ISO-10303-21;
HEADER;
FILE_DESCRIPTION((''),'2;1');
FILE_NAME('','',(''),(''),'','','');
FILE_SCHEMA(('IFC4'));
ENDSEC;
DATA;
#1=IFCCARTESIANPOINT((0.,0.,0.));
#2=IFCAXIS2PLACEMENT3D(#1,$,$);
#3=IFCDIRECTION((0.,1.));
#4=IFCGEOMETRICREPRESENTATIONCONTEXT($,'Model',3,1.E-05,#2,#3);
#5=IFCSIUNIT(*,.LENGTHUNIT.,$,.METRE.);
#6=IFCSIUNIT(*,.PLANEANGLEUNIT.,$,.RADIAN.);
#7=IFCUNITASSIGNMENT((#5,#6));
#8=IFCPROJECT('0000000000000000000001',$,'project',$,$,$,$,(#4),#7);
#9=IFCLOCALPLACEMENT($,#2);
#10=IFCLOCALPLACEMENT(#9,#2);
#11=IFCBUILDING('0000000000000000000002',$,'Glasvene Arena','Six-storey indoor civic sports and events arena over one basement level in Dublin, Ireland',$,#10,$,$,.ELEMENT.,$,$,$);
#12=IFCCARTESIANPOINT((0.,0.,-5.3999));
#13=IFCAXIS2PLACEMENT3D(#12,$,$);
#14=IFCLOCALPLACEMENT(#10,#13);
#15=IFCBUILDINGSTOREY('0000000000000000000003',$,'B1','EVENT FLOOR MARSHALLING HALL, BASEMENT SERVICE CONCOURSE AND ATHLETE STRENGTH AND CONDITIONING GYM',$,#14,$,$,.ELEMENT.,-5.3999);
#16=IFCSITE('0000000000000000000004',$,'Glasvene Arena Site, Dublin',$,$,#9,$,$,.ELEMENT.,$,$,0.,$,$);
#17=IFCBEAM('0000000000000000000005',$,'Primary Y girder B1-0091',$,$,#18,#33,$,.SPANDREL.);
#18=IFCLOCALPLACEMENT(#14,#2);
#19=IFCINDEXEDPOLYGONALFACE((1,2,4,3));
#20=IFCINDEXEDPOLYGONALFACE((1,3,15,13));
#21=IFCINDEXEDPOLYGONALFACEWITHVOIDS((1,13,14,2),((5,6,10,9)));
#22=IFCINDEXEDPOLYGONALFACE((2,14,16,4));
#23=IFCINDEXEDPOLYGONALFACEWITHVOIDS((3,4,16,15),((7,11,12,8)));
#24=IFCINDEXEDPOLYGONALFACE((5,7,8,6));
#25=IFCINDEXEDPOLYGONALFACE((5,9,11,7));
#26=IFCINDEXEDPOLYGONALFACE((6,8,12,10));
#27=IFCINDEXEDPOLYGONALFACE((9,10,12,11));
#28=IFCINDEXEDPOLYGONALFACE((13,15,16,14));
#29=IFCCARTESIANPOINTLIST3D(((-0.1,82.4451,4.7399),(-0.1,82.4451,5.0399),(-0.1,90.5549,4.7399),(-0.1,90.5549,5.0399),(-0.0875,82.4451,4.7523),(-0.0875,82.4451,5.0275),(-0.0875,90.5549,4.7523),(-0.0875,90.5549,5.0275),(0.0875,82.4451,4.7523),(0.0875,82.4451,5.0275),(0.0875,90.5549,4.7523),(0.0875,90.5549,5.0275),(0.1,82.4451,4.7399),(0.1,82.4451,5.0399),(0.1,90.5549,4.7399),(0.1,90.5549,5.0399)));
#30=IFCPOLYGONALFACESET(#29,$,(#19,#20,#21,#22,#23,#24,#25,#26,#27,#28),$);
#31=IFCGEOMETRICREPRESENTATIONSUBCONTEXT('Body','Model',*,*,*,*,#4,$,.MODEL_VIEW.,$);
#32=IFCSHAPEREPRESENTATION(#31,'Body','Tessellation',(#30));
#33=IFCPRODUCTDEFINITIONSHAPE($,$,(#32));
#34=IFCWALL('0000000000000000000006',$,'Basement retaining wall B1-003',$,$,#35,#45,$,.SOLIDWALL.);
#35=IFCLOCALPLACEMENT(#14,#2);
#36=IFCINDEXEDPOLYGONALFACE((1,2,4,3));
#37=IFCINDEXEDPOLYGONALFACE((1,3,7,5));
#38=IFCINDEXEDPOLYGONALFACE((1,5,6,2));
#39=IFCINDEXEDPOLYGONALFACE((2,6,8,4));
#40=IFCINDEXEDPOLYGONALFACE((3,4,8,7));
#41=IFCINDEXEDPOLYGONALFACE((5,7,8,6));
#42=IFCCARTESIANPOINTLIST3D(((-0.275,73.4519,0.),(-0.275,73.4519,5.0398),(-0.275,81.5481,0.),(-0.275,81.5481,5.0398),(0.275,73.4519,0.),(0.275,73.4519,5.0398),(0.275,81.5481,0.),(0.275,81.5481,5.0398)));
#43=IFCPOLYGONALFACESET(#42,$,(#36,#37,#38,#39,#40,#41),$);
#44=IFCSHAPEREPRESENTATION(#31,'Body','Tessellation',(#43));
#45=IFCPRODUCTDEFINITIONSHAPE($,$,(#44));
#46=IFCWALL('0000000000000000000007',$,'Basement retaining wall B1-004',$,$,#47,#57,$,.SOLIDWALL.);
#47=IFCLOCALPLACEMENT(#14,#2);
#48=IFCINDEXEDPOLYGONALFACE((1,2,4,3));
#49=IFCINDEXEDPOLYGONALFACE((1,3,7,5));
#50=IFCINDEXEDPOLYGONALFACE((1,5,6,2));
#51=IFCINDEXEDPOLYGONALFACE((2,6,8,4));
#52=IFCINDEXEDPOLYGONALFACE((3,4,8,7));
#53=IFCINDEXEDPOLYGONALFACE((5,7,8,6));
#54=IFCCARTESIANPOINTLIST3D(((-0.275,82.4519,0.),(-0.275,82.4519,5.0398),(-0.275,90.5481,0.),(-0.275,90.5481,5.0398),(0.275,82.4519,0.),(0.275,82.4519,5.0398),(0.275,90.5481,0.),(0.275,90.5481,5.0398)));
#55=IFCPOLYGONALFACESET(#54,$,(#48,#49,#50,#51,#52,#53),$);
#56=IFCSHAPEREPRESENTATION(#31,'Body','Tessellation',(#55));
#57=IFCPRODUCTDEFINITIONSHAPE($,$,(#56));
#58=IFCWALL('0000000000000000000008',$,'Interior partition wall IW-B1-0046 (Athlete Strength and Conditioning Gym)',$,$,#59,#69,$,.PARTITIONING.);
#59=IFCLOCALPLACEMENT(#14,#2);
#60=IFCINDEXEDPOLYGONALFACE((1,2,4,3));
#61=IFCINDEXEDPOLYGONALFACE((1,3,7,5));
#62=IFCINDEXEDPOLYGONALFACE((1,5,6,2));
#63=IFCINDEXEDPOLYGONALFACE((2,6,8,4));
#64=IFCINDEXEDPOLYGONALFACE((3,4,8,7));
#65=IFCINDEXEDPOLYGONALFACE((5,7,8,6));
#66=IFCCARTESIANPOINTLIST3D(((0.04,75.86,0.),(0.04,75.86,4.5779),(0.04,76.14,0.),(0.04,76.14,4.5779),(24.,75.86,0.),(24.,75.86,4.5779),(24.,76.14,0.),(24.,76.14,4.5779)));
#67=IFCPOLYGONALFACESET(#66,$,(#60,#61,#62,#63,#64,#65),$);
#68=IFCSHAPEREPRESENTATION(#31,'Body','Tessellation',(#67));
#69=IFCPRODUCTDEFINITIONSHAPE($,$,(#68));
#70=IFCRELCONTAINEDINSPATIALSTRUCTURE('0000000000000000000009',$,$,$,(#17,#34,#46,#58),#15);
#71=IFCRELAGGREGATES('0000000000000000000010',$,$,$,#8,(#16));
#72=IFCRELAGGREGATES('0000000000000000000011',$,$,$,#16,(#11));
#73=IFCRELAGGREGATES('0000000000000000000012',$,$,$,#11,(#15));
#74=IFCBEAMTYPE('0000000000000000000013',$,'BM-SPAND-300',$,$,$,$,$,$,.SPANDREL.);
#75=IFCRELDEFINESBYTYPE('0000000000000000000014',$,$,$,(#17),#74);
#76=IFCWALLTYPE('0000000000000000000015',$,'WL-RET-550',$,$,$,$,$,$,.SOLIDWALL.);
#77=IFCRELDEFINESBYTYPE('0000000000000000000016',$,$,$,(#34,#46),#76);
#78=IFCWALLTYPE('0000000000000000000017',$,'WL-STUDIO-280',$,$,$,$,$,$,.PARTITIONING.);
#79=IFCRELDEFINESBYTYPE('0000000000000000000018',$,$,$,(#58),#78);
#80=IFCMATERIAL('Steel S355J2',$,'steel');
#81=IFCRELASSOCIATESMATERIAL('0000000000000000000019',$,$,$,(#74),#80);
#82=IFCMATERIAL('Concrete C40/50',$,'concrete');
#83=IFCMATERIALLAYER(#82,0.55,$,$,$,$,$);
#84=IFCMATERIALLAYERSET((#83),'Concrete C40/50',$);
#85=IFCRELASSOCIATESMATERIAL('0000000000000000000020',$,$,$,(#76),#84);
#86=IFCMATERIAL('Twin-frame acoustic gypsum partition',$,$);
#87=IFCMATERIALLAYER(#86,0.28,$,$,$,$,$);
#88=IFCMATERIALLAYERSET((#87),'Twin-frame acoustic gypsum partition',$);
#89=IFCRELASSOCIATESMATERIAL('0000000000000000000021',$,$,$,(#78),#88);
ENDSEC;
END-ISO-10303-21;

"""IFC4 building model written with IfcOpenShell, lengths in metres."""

from ifc_helpers import new_model, si_unit, direction, frame, frame_2d, origin, origin_2d, place, context, subcontext, project, spatial, rectangle, hollow_rectangle, extrude, material, layer, layer_set, material_profile, profile_set, type_object, element, save


model = new_model("IFC4")

# Units and contexts
model_context = context("Model", 3, precision=1e-05, world=origin(), true_north=direction((0.0, 1.0)))
body_context = subcontext(model_context, "Body", "Model", "MODEL_VIEW")
ifc_project = project(units=[si_unit("LENGTHUNIT", "METRE"), si_unit("PLANEANGLEUNIT", "RADIAN")], contexts=[model_context])

# Site, building, storey
site_placement = place(None, origin())
site = spatial("IfcSite", under=ifc_project, at=site_placement, Name="Glasvene Arena Site, Dublin", CompositionType="ELEMENT", RefElevation=0.0)
building_placement = place(site_placement, origin())
building = spatial("IfcBuilding", under=site, at=building_placement, Name="Glasvene Arena", Description="Six-storey indoor civic sports and events arena over one basement level in Dublin, Ireland", CompositionType="ELEMENT")
storey_placement = place(building_placement, frame((0.0, 0.0, -5.3999)))
storey = spatial("IfcBuildingStorey", under=building, at=storey_placement, Name="B1", Description="EVENT FLOOR MARSHALLING HALL, BASEMENT SERVICE CONCOURSE AND ATHLETE STRENGTH AND CONDITIONING GYM", CompositionType="ELEMENT", Elevation=-5.3999)

# Shared definitions
ifc_material_1 = material(Name="Concrete C40/50", Category="concrete")

# Beam
ifc_material_2 = material(Name="Steel S355J2", Category="steel")
ifc_material_profile_1 = material_profile(ifc_material_2, hollow_rectangle(XDim=0.2, YDim=0.3, WallThickness=0.0125, at=origin_2d()), Name="RHS 300x200x12.5")
ifc_profile_set_1 = profile_set([ifc_material_profile_1], Name="Steel S355J2")
beam_type_1 = type_object("IfcBeamType", Name="BM-SPAND-300", PredefinedType="SPANDREL", material=ifc_profile_set_1)
for number, where, z_axis, x_axis, name in (
    (1, (0.0, 82.4451, 4.8899), (0.0, 1.0, 0.0), (-1.0, 0.0, 0.0), "Primary Y girder B1-0091"),
):
    element("IfcBeam", number, at=place(storey_placement, frame(where, z_axis=z_axis, x_axis=x_axis)), inside=storey, type_object=beam_type_1, Name=name, PredefinedType="SPANDREL", context=body_context, shape_type="SweptSolid", body=[
        extrude(hollow_rectangle(XDim=0.2, YDim=0.3, WallThickness=0.0125, at=origin_2d()), origin(), (0.0, 0.0, 1.0), 8.1099),
    ])

# Walls
ifc_layer_1 = layer(ifc_material_1, 0.55)
ifc_layer_set_1 = layer_set([ifc_layer_1], Name="Concrete C40/50")
wall_type_1 = type_object("IfcWallType", Name="WL-RET-550", PredefinedType="SOLIDWALL", material=ifc_layer_set_1)
for number, where, z_axis, x_axis, name in (
    (2, (0.0, 73.4519, 0.0), (0.0, 0.0, 1.0), (0.0, 1.0, 0.0), "Basement retaining wall B1-003"),
    (3, (0.0, 82.4519, 0.0), (0.0, 0.0, 1.0), (0.0, 1.0, 0.0), "Basement retaining wall B1-004"),
):
    element("IfcWall", number, at=place(storey_placement, frame(where, z_axis=z_axis, x_axis=x_axis)), inside=storey, type_object=wall_type_1, Name=name, PredefinedType="SOLIDWALL", context=body_context, shape_type="SweptSolid", body=[
        extrude(rectangle(XDim=8.0962, YDim=0.55, at=frame_2d((4.0481, 0.0))), origin(), (0.0, 0.0, 1.0), 5.0398),
    ])
ifc_material_3 = material(Name="Twin-frame acoustic gypsum partition")
ifc_layer_2 = layer(ifc_material_3, 0.28)
ifc_layer_set_2 = layer_set([ifc_layer_2], Name="Twin-frame acoustic gypsum partition")
wall_type_2 = type_object("IfcWallType", Name="WL-STUDIO-280", PredefinedType="PARTITIONING", material=ifc_layer_set_2)
wall_placement = place(storey_placement, frame((0.04, 76.0, 0.0), z_axis=(0.0, 0.0, 1.0), x_axis=(1.0, 0.0, 0.0)))
element("IfcWall", 4, at=wall_placement, inside=storey, type_object=wall_type_2, Name="Interior partition wall IW-B1-0046 (Athlete Strength and Conditioning Gym)", PredefinedType="PARTITIONING", context=body_context, shape_type="SweptSolid", body=[
    extrude(rectangle(XDim=23.96, YDim=0.28, at=frame_2d((11.98, 0.0))), origin(), (0.0, 0.0, 1.0), 4.5779),
])

save(model, "model.ifc")
